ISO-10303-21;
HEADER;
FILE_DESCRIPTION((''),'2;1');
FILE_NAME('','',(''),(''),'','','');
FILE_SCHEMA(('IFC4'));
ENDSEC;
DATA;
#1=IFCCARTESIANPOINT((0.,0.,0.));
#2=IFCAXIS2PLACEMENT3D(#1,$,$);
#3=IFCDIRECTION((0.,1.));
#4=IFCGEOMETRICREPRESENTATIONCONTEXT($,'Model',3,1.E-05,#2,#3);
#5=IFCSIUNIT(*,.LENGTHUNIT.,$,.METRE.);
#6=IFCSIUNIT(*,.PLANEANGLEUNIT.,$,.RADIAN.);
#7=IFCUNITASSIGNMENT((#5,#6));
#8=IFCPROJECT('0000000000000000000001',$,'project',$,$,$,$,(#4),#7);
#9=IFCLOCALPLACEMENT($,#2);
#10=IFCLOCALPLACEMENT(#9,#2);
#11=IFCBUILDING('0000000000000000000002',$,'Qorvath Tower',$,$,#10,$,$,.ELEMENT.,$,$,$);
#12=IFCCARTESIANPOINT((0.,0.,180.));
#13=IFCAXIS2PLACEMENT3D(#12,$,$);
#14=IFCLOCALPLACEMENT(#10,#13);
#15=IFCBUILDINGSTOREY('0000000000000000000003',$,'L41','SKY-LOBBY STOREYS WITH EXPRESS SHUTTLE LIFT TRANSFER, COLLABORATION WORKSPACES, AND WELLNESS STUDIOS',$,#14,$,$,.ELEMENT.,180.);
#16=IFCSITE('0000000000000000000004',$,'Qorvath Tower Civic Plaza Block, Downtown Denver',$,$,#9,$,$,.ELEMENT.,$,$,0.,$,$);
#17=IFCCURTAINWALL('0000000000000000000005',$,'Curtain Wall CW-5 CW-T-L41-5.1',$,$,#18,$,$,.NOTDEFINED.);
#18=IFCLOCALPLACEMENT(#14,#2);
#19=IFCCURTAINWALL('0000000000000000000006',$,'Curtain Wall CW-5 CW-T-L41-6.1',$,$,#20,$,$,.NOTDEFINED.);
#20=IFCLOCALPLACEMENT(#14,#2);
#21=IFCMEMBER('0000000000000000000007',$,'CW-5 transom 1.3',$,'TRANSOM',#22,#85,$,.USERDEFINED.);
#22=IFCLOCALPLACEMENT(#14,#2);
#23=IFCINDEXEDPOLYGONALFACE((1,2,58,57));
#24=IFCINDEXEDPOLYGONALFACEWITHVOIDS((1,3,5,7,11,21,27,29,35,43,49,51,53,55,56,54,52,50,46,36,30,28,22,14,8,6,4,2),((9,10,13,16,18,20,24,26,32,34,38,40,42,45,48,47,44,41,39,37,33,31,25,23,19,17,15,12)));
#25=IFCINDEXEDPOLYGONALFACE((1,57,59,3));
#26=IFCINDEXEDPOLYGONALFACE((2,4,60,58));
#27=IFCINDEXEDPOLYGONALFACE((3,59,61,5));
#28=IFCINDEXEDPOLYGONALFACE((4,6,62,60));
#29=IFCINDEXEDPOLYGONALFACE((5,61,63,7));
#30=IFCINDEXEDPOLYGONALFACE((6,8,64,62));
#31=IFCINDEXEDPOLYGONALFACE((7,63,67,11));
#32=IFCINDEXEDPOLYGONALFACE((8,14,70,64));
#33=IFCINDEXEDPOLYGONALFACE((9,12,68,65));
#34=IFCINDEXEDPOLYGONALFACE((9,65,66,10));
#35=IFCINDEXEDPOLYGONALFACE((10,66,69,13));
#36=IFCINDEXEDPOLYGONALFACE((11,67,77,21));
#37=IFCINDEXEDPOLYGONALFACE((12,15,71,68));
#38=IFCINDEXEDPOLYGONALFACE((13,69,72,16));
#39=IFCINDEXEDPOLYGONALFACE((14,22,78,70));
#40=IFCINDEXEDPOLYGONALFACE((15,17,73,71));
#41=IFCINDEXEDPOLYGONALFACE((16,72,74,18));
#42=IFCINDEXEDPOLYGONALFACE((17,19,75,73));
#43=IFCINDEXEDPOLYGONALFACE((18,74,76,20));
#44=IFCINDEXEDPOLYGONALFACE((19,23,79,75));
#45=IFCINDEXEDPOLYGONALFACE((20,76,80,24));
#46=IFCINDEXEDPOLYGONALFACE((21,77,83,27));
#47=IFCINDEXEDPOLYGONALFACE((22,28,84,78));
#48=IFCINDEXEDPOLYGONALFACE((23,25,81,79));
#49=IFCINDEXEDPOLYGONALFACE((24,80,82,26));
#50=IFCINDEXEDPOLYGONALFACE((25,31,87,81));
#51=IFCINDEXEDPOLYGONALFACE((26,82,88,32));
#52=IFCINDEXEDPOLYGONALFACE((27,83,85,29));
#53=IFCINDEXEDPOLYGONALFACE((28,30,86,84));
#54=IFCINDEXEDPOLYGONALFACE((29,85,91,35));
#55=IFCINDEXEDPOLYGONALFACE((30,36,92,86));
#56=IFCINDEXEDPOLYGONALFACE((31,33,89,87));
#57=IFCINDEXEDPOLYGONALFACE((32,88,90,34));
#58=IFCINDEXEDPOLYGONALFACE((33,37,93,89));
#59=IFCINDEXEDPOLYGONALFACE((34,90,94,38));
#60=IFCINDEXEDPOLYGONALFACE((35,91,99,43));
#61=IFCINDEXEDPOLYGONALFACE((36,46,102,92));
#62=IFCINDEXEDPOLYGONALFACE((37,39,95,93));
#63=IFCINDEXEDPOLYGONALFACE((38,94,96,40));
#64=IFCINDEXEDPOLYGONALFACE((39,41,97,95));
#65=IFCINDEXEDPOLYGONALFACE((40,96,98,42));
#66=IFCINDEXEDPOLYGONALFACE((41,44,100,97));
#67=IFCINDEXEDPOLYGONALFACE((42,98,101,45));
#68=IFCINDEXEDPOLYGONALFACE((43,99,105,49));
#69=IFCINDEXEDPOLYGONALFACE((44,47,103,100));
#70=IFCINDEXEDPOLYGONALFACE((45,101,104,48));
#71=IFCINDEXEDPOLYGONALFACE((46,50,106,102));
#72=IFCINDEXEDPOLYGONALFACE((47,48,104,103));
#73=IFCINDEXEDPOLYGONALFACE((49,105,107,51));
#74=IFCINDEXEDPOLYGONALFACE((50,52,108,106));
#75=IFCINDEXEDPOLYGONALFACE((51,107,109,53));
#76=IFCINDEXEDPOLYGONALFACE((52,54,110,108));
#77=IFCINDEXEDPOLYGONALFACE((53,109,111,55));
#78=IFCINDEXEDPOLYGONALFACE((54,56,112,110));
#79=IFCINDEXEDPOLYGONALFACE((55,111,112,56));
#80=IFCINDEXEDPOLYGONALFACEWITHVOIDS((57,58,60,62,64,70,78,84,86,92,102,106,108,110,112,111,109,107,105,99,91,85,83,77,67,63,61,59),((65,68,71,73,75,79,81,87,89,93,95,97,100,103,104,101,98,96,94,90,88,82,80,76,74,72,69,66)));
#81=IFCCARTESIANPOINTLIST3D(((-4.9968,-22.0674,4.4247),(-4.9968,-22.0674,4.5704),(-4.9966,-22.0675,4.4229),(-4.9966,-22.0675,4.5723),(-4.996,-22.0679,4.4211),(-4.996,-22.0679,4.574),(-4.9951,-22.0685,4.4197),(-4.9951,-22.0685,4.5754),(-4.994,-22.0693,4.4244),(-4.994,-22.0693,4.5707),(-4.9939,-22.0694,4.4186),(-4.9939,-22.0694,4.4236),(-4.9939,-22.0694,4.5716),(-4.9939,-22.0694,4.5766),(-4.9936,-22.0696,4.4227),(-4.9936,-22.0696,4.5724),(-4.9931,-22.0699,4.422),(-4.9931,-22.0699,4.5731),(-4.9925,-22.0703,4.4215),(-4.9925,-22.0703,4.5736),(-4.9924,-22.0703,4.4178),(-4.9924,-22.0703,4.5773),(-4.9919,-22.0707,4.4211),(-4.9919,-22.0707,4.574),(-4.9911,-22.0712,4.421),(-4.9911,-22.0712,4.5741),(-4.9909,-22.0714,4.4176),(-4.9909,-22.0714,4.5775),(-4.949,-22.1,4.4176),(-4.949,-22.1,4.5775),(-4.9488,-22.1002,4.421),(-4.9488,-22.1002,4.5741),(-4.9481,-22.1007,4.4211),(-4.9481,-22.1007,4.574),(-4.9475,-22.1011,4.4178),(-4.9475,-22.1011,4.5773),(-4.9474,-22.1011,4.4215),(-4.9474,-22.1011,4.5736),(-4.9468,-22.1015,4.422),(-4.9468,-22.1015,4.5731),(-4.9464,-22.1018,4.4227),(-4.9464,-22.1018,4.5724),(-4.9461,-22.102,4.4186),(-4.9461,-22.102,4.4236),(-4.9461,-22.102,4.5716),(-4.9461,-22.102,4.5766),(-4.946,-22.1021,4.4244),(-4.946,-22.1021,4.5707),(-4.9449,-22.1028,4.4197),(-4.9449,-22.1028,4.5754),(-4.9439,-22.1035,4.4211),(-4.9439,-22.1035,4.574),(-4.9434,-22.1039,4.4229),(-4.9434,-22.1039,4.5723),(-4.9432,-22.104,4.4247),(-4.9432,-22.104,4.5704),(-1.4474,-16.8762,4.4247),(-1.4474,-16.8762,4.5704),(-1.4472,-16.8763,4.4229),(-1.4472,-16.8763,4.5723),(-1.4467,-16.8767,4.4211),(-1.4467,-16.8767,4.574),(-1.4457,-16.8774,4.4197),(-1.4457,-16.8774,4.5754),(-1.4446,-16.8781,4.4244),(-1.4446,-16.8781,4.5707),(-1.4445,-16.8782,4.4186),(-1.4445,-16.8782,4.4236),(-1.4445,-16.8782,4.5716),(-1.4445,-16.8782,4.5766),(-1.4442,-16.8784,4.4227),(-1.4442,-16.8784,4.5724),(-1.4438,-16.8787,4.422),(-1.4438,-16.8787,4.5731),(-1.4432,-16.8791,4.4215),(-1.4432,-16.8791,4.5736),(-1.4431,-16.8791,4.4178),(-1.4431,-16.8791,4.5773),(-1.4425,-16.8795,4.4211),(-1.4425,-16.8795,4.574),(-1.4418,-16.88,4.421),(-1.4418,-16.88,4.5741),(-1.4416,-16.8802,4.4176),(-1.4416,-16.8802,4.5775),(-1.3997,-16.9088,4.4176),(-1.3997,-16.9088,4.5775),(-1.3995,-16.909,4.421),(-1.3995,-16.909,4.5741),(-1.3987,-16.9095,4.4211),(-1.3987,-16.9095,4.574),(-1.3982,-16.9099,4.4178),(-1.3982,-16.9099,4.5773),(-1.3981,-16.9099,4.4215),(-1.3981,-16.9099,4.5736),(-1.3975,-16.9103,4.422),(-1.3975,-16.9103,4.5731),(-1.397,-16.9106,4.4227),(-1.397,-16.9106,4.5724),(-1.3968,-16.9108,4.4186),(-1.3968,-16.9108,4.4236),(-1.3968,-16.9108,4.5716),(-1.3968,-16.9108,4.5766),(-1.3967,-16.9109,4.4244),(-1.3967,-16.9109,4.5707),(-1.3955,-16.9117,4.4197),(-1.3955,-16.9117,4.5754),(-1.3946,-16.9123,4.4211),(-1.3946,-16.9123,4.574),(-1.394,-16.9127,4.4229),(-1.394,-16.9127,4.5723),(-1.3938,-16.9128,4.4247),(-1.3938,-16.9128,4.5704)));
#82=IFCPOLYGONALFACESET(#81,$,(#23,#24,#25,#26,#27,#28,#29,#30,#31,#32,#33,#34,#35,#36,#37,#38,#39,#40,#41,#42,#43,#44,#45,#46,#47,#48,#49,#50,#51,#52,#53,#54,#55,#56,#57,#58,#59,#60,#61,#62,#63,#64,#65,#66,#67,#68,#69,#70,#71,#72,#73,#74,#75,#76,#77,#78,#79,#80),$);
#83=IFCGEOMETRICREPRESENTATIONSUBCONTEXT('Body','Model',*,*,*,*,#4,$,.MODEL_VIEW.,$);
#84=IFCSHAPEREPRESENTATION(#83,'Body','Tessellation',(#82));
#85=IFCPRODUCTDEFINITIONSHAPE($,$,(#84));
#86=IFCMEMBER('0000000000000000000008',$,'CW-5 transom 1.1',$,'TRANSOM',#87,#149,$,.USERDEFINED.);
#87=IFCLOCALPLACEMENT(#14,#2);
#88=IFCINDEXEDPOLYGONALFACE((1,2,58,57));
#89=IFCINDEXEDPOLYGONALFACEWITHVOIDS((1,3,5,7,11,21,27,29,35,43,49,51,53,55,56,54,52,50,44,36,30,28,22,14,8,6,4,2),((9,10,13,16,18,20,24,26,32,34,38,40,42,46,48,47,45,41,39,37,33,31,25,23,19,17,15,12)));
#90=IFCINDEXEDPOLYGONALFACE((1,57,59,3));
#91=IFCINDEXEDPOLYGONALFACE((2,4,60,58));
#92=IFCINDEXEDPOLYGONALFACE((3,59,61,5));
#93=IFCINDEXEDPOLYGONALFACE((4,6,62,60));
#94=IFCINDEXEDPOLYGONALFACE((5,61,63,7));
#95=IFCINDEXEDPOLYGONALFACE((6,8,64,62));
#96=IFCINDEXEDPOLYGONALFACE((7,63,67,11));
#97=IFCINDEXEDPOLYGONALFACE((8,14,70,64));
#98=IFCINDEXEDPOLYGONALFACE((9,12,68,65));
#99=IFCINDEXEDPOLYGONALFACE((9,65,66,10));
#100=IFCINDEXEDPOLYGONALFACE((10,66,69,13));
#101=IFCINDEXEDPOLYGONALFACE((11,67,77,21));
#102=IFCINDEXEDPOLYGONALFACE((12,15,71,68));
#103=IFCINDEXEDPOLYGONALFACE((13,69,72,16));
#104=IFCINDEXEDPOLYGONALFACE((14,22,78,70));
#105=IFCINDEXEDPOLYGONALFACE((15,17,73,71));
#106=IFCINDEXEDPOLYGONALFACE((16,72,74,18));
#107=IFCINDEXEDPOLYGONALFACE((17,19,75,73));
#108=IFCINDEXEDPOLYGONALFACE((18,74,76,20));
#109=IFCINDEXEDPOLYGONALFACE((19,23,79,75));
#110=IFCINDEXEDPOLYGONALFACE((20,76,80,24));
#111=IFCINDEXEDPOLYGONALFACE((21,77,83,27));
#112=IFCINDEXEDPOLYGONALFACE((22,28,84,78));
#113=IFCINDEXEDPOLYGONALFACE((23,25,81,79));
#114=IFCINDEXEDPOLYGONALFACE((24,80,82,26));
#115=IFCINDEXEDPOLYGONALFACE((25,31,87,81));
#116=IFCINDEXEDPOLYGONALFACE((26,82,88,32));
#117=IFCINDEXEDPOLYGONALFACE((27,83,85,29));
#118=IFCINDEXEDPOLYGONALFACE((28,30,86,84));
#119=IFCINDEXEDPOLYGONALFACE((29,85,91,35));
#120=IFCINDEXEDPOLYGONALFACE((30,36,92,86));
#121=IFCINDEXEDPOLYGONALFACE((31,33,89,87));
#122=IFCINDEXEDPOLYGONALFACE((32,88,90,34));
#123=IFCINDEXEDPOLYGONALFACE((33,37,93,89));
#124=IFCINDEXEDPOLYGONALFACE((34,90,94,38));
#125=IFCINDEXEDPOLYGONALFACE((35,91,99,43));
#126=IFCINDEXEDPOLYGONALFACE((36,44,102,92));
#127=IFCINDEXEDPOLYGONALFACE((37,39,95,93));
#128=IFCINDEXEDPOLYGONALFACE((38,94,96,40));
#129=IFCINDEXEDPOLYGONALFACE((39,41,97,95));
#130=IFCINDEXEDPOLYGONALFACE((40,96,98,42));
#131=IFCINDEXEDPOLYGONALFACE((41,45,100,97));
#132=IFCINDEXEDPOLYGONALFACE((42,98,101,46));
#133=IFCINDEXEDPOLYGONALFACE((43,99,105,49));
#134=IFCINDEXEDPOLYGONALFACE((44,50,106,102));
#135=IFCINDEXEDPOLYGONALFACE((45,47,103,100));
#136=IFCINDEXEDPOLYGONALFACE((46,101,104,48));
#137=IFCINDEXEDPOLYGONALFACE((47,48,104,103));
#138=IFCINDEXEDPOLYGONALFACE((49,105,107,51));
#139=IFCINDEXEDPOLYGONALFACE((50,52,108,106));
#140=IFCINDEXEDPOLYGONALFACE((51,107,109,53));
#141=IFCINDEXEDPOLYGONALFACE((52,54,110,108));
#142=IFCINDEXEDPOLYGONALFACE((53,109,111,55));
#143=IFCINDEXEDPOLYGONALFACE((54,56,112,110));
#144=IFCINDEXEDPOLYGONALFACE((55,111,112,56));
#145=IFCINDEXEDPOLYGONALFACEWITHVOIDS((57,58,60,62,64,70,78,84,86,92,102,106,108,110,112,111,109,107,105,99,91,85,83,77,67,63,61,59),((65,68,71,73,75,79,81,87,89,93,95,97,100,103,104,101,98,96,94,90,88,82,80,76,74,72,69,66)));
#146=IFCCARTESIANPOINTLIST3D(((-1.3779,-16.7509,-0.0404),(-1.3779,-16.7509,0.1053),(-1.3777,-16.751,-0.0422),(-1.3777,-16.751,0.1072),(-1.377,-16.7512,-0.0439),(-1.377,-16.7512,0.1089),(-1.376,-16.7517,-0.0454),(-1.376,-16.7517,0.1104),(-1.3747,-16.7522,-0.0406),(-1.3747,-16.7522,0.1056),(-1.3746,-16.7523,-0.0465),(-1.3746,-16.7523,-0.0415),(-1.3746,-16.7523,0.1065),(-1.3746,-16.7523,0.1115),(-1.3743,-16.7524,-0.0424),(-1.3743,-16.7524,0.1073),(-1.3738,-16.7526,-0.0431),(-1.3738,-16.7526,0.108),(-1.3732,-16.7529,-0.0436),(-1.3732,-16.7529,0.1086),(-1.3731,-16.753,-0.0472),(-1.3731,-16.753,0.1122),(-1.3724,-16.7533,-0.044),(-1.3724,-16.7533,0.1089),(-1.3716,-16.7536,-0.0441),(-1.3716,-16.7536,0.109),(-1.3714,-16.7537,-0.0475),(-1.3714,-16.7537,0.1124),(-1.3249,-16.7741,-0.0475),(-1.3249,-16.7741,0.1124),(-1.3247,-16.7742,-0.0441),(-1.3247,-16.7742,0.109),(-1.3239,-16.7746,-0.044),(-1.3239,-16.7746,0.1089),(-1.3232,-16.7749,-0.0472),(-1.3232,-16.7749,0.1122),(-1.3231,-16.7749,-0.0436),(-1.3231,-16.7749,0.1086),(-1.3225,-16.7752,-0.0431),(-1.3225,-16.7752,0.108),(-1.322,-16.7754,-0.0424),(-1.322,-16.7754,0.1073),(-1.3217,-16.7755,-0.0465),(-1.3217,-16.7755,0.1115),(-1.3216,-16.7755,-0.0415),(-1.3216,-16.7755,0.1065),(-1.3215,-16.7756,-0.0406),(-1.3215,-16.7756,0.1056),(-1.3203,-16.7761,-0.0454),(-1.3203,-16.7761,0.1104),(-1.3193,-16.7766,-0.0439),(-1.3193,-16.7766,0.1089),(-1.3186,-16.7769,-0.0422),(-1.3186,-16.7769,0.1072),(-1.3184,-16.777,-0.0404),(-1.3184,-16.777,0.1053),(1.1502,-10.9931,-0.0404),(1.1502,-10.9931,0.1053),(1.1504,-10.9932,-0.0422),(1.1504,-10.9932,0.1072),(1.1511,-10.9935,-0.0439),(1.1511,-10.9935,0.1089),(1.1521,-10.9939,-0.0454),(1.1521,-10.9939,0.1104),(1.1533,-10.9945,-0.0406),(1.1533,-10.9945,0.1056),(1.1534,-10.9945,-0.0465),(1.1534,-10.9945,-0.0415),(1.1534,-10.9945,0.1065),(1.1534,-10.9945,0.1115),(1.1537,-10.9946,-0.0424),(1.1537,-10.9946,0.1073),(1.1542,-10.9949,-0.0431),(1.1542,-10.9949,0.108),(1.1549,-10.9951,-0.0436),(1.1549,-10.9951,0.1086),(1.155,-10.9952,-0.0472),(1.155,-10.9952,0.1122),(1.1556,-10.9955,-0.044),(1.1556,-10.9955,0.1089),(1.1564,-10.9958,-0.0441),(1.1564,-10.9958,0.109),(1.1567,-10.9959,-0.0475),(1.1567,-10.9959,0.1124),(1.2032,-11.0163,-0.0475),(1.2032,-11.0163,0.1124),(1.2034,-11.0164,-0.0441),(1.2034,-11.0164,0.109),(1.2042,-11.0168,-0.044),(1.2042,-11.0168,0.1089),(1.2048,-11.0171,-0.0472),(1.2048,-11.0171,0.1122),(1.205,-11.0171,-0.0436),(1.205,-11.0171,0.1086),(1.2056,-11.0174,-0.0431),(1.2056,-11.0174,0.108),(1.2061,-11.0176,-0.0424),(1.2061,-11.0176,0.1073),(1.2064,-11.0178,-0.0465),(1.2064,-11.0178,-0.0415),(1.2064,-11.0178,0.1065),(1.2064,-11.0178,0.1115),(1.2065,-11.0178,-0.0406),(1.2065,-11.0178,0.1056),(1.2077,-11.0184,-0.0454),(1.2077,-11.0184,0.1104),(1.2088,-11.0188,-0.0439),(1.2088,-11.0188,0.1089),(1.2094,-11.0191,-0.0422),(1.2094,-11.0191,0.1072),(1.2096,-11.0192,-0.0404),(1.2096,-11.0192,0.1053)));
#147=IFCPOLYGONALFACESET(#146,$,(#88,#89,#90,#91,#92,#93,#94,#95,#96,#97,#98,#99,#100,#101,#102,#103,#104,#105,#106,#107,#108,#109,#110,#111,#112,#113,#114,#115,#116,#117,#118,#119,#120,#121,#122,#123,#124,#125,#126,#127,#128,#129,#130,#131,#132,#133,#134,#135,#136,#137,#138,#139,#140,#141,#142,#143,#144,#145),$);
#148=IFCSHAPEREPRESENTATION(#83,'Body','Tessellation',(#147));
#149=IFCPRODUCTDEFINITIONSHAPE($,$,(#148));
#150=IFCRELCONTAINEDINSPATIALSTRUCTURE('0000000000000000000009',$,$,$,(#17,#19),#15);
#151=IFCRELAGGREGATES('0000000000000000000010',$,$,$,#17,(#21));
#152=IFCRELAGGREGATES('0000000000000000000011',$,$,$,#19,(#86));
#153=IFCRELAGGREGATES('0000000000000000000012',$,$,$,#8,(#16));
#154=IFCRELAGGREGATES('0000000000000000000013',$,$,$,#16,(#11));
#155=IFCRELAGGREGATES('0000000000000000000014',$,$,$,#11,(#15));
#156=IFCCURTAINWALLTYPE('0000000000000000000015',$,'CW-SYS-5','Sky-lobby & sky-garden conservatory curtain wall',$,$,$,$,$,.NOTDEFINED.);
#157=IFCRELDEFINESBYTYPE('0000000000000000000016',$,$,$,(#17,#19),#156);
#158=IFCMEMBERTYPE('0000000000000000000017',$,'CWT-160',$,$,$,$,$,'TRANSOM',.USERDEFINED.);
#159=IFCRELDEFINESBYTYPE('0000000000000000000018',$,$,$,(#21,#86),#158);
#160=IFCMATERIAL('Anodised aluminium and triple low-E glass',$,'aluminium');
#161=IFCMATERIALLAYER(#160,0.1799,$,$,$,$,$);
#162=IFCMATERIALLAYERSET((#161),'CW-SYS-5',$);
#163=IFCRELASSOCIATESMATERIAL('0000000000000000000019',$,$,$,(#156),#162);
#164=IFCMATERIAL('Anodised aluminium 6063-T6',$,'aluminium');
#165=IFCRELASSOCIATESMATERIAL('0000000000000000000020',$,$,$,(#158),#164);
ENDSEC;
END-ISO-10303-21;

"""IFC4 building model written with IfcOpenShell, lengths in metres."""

from ifc_helpers import new_model, si_unit, direction, frame, origin, origin_2d, place, context, subcontext, project, spatial, hollow_rectangle, extrude, material, layer, layer_set, material_profile, profile_set, type_object, element, aggregate, save


model = new_model("IFC4")

# Units and contexts
model_context = context("Model", 3, precision=1e-05, world=origin(), true_north=direction((0.0, 1.0)))
body_context = subcontext(model_context, "Body", "Model", "MODEL_VIEW")
ifc_project = project(units=[si_unit("LENGTHUNIT", "METRE"), si_unit("PLANEANGLEUNIT", "RADIAN")], contexts=[model_context])

# Site, building, storey
site_placement = place(None, origin())
site = spatial("IfcSite", under=ifc_project, at=site_placement, Name="Qorvath Tower Civic Plaza Block, Downtown Denver", CompositionType="ELEMENT", RefElevation=0.0)
building_placement = place(site_placement, origin())
building = spatial("IfcBuilding", under=site, at=building_placement, Name="Qorvath Tower", CompositionType="ELEMENT")
storey_placement = place(building_placement, frame((0.0, 0.0, 180.0)))
storey = spatial("IfcBuildingStorey", under=building, at=storey_placement, Name="L41", Description="SKY-LOBBY STOREYS WITH EXPRESS SHUTTLE LIFT TRANSFER, COLLABORATION WORKSPACES, AND WELLNESS STUDIOS", CompositionType="ELEMENT", Elevation=180.0)

# Curtain walls
ifc_material_1 = material(Name="Anodised aluminium and triple low-E glass", Category="aluminium")
ifc_layer_1 = layer(ifc_material_1, 0.1799)
ifc_layer_set_1 = layer_set([ifc_layer_1], Name="CW-SYS-5")
curtain_wall_type = type_object("IfcCurtainWallType", Name="CW-SYS-5", Description="Sky-lobby & sky-garden conservatory curtain wall", PredefinedType="NOTDEFINED", material=ifc_layer_set_1)
curtain_wall_1_placement = place(storey_placement, origin())
curtain_wall_1 = element("IfcCurtainWall", 1, at=curtain_wall_1_placement, inside=storey, type_object=curtain_wall_type, Name="Curtain Wall CW-5 CW-T-L41-5.1", PredefinedType="NOTDEFINED")
curtain_wall_2_placement = place(storey_placement, origin())
curtain_wall_2 = element("IfcCurtainWall", 2, at=curtain_wall_2_placement, inside=storey, type_object=curtain_wall_type, Name="Curtain Wall CW-5 CW-T-L41-6.1", PredefinedType="NOTDEFINED")

# Members
ifc_material_2 = material(Name="Anodised aluminium 6063-T6", Category="aluminium")
ifc_material_profile_1 = material_profile(ifc_material_2, hollow_rectangle(XDim=0.0649, YDim=0.1599, WallThickness=0.0034, InnerFilletRadius=0.0034, OuterFilletRadius=0.0071, at=origin_2d()), Name="CWT 160x65")
ifc_profile_set_1 = profile_set([ifc_material_profile_1], Name="Anodised aluminium 6063-T6")
member_type_1 = type_object("IfcMemberType", Name="CWT-160", ElementType="TRANSOM", PredefinedType="USERDEFINED", material=ifc_profile_set_1)
member_1_placement = place(storey_placement, frame((-4.97, -22.0857, 4.4976), z_axis=(0.56441, 0.825495, 0.0), x_axis=(-0.825495, 0.56441, 0.0)))
member_1 = element("IfcMember", 3, at=member_1_placement, type_object=member_type_1, Name="CW-5 transom 1.3", ObjectType="TRANSOM", PredefinedType="USERDEFINED", context=body_context, shape_type="SweptSolid", body=[
    extrude(hollow_rectangle(XDim=0.0649, YDim=0.1599, WallThickness=0.0034, InnerFilletRadius=0.0034, OuterFilletRadius=0.0071, at=origin_2d()), origin(), (0.0, 0.0, 1.0), 6.2886),
])
member_2_placement = place(storey_placement, frame((-1.3481, -16.7639, 0.0325), z_axis=(0.402024, 0.915629, 0.0), x_axis=(-0.915629, 0.402024, 0.0)))
member_2 = element("IfcMember", 4, at=member_2_placement, type_object=member_type_1, Name="CW-5 transom 1.1", ObjectType="TRANSOM", PredefinedType="USERDEFINED", context=body_context, shape_type="SweptSolid", body=[
    extrude(hollow_rectangle(XDim=0.0649, YDim=0.1599, WallThickness=0.0034, InnerFilletRadius=0.0034, OuterFilletRadius=0.0071, at=origin_2d()), origin(), (0.0, 0.0, 1.0), 6.2883),
])

aggregate(curtain_wall_1, [member_1])
aggregate(curtain_wall_2, [member_2])

save(model, "model.ifc")
